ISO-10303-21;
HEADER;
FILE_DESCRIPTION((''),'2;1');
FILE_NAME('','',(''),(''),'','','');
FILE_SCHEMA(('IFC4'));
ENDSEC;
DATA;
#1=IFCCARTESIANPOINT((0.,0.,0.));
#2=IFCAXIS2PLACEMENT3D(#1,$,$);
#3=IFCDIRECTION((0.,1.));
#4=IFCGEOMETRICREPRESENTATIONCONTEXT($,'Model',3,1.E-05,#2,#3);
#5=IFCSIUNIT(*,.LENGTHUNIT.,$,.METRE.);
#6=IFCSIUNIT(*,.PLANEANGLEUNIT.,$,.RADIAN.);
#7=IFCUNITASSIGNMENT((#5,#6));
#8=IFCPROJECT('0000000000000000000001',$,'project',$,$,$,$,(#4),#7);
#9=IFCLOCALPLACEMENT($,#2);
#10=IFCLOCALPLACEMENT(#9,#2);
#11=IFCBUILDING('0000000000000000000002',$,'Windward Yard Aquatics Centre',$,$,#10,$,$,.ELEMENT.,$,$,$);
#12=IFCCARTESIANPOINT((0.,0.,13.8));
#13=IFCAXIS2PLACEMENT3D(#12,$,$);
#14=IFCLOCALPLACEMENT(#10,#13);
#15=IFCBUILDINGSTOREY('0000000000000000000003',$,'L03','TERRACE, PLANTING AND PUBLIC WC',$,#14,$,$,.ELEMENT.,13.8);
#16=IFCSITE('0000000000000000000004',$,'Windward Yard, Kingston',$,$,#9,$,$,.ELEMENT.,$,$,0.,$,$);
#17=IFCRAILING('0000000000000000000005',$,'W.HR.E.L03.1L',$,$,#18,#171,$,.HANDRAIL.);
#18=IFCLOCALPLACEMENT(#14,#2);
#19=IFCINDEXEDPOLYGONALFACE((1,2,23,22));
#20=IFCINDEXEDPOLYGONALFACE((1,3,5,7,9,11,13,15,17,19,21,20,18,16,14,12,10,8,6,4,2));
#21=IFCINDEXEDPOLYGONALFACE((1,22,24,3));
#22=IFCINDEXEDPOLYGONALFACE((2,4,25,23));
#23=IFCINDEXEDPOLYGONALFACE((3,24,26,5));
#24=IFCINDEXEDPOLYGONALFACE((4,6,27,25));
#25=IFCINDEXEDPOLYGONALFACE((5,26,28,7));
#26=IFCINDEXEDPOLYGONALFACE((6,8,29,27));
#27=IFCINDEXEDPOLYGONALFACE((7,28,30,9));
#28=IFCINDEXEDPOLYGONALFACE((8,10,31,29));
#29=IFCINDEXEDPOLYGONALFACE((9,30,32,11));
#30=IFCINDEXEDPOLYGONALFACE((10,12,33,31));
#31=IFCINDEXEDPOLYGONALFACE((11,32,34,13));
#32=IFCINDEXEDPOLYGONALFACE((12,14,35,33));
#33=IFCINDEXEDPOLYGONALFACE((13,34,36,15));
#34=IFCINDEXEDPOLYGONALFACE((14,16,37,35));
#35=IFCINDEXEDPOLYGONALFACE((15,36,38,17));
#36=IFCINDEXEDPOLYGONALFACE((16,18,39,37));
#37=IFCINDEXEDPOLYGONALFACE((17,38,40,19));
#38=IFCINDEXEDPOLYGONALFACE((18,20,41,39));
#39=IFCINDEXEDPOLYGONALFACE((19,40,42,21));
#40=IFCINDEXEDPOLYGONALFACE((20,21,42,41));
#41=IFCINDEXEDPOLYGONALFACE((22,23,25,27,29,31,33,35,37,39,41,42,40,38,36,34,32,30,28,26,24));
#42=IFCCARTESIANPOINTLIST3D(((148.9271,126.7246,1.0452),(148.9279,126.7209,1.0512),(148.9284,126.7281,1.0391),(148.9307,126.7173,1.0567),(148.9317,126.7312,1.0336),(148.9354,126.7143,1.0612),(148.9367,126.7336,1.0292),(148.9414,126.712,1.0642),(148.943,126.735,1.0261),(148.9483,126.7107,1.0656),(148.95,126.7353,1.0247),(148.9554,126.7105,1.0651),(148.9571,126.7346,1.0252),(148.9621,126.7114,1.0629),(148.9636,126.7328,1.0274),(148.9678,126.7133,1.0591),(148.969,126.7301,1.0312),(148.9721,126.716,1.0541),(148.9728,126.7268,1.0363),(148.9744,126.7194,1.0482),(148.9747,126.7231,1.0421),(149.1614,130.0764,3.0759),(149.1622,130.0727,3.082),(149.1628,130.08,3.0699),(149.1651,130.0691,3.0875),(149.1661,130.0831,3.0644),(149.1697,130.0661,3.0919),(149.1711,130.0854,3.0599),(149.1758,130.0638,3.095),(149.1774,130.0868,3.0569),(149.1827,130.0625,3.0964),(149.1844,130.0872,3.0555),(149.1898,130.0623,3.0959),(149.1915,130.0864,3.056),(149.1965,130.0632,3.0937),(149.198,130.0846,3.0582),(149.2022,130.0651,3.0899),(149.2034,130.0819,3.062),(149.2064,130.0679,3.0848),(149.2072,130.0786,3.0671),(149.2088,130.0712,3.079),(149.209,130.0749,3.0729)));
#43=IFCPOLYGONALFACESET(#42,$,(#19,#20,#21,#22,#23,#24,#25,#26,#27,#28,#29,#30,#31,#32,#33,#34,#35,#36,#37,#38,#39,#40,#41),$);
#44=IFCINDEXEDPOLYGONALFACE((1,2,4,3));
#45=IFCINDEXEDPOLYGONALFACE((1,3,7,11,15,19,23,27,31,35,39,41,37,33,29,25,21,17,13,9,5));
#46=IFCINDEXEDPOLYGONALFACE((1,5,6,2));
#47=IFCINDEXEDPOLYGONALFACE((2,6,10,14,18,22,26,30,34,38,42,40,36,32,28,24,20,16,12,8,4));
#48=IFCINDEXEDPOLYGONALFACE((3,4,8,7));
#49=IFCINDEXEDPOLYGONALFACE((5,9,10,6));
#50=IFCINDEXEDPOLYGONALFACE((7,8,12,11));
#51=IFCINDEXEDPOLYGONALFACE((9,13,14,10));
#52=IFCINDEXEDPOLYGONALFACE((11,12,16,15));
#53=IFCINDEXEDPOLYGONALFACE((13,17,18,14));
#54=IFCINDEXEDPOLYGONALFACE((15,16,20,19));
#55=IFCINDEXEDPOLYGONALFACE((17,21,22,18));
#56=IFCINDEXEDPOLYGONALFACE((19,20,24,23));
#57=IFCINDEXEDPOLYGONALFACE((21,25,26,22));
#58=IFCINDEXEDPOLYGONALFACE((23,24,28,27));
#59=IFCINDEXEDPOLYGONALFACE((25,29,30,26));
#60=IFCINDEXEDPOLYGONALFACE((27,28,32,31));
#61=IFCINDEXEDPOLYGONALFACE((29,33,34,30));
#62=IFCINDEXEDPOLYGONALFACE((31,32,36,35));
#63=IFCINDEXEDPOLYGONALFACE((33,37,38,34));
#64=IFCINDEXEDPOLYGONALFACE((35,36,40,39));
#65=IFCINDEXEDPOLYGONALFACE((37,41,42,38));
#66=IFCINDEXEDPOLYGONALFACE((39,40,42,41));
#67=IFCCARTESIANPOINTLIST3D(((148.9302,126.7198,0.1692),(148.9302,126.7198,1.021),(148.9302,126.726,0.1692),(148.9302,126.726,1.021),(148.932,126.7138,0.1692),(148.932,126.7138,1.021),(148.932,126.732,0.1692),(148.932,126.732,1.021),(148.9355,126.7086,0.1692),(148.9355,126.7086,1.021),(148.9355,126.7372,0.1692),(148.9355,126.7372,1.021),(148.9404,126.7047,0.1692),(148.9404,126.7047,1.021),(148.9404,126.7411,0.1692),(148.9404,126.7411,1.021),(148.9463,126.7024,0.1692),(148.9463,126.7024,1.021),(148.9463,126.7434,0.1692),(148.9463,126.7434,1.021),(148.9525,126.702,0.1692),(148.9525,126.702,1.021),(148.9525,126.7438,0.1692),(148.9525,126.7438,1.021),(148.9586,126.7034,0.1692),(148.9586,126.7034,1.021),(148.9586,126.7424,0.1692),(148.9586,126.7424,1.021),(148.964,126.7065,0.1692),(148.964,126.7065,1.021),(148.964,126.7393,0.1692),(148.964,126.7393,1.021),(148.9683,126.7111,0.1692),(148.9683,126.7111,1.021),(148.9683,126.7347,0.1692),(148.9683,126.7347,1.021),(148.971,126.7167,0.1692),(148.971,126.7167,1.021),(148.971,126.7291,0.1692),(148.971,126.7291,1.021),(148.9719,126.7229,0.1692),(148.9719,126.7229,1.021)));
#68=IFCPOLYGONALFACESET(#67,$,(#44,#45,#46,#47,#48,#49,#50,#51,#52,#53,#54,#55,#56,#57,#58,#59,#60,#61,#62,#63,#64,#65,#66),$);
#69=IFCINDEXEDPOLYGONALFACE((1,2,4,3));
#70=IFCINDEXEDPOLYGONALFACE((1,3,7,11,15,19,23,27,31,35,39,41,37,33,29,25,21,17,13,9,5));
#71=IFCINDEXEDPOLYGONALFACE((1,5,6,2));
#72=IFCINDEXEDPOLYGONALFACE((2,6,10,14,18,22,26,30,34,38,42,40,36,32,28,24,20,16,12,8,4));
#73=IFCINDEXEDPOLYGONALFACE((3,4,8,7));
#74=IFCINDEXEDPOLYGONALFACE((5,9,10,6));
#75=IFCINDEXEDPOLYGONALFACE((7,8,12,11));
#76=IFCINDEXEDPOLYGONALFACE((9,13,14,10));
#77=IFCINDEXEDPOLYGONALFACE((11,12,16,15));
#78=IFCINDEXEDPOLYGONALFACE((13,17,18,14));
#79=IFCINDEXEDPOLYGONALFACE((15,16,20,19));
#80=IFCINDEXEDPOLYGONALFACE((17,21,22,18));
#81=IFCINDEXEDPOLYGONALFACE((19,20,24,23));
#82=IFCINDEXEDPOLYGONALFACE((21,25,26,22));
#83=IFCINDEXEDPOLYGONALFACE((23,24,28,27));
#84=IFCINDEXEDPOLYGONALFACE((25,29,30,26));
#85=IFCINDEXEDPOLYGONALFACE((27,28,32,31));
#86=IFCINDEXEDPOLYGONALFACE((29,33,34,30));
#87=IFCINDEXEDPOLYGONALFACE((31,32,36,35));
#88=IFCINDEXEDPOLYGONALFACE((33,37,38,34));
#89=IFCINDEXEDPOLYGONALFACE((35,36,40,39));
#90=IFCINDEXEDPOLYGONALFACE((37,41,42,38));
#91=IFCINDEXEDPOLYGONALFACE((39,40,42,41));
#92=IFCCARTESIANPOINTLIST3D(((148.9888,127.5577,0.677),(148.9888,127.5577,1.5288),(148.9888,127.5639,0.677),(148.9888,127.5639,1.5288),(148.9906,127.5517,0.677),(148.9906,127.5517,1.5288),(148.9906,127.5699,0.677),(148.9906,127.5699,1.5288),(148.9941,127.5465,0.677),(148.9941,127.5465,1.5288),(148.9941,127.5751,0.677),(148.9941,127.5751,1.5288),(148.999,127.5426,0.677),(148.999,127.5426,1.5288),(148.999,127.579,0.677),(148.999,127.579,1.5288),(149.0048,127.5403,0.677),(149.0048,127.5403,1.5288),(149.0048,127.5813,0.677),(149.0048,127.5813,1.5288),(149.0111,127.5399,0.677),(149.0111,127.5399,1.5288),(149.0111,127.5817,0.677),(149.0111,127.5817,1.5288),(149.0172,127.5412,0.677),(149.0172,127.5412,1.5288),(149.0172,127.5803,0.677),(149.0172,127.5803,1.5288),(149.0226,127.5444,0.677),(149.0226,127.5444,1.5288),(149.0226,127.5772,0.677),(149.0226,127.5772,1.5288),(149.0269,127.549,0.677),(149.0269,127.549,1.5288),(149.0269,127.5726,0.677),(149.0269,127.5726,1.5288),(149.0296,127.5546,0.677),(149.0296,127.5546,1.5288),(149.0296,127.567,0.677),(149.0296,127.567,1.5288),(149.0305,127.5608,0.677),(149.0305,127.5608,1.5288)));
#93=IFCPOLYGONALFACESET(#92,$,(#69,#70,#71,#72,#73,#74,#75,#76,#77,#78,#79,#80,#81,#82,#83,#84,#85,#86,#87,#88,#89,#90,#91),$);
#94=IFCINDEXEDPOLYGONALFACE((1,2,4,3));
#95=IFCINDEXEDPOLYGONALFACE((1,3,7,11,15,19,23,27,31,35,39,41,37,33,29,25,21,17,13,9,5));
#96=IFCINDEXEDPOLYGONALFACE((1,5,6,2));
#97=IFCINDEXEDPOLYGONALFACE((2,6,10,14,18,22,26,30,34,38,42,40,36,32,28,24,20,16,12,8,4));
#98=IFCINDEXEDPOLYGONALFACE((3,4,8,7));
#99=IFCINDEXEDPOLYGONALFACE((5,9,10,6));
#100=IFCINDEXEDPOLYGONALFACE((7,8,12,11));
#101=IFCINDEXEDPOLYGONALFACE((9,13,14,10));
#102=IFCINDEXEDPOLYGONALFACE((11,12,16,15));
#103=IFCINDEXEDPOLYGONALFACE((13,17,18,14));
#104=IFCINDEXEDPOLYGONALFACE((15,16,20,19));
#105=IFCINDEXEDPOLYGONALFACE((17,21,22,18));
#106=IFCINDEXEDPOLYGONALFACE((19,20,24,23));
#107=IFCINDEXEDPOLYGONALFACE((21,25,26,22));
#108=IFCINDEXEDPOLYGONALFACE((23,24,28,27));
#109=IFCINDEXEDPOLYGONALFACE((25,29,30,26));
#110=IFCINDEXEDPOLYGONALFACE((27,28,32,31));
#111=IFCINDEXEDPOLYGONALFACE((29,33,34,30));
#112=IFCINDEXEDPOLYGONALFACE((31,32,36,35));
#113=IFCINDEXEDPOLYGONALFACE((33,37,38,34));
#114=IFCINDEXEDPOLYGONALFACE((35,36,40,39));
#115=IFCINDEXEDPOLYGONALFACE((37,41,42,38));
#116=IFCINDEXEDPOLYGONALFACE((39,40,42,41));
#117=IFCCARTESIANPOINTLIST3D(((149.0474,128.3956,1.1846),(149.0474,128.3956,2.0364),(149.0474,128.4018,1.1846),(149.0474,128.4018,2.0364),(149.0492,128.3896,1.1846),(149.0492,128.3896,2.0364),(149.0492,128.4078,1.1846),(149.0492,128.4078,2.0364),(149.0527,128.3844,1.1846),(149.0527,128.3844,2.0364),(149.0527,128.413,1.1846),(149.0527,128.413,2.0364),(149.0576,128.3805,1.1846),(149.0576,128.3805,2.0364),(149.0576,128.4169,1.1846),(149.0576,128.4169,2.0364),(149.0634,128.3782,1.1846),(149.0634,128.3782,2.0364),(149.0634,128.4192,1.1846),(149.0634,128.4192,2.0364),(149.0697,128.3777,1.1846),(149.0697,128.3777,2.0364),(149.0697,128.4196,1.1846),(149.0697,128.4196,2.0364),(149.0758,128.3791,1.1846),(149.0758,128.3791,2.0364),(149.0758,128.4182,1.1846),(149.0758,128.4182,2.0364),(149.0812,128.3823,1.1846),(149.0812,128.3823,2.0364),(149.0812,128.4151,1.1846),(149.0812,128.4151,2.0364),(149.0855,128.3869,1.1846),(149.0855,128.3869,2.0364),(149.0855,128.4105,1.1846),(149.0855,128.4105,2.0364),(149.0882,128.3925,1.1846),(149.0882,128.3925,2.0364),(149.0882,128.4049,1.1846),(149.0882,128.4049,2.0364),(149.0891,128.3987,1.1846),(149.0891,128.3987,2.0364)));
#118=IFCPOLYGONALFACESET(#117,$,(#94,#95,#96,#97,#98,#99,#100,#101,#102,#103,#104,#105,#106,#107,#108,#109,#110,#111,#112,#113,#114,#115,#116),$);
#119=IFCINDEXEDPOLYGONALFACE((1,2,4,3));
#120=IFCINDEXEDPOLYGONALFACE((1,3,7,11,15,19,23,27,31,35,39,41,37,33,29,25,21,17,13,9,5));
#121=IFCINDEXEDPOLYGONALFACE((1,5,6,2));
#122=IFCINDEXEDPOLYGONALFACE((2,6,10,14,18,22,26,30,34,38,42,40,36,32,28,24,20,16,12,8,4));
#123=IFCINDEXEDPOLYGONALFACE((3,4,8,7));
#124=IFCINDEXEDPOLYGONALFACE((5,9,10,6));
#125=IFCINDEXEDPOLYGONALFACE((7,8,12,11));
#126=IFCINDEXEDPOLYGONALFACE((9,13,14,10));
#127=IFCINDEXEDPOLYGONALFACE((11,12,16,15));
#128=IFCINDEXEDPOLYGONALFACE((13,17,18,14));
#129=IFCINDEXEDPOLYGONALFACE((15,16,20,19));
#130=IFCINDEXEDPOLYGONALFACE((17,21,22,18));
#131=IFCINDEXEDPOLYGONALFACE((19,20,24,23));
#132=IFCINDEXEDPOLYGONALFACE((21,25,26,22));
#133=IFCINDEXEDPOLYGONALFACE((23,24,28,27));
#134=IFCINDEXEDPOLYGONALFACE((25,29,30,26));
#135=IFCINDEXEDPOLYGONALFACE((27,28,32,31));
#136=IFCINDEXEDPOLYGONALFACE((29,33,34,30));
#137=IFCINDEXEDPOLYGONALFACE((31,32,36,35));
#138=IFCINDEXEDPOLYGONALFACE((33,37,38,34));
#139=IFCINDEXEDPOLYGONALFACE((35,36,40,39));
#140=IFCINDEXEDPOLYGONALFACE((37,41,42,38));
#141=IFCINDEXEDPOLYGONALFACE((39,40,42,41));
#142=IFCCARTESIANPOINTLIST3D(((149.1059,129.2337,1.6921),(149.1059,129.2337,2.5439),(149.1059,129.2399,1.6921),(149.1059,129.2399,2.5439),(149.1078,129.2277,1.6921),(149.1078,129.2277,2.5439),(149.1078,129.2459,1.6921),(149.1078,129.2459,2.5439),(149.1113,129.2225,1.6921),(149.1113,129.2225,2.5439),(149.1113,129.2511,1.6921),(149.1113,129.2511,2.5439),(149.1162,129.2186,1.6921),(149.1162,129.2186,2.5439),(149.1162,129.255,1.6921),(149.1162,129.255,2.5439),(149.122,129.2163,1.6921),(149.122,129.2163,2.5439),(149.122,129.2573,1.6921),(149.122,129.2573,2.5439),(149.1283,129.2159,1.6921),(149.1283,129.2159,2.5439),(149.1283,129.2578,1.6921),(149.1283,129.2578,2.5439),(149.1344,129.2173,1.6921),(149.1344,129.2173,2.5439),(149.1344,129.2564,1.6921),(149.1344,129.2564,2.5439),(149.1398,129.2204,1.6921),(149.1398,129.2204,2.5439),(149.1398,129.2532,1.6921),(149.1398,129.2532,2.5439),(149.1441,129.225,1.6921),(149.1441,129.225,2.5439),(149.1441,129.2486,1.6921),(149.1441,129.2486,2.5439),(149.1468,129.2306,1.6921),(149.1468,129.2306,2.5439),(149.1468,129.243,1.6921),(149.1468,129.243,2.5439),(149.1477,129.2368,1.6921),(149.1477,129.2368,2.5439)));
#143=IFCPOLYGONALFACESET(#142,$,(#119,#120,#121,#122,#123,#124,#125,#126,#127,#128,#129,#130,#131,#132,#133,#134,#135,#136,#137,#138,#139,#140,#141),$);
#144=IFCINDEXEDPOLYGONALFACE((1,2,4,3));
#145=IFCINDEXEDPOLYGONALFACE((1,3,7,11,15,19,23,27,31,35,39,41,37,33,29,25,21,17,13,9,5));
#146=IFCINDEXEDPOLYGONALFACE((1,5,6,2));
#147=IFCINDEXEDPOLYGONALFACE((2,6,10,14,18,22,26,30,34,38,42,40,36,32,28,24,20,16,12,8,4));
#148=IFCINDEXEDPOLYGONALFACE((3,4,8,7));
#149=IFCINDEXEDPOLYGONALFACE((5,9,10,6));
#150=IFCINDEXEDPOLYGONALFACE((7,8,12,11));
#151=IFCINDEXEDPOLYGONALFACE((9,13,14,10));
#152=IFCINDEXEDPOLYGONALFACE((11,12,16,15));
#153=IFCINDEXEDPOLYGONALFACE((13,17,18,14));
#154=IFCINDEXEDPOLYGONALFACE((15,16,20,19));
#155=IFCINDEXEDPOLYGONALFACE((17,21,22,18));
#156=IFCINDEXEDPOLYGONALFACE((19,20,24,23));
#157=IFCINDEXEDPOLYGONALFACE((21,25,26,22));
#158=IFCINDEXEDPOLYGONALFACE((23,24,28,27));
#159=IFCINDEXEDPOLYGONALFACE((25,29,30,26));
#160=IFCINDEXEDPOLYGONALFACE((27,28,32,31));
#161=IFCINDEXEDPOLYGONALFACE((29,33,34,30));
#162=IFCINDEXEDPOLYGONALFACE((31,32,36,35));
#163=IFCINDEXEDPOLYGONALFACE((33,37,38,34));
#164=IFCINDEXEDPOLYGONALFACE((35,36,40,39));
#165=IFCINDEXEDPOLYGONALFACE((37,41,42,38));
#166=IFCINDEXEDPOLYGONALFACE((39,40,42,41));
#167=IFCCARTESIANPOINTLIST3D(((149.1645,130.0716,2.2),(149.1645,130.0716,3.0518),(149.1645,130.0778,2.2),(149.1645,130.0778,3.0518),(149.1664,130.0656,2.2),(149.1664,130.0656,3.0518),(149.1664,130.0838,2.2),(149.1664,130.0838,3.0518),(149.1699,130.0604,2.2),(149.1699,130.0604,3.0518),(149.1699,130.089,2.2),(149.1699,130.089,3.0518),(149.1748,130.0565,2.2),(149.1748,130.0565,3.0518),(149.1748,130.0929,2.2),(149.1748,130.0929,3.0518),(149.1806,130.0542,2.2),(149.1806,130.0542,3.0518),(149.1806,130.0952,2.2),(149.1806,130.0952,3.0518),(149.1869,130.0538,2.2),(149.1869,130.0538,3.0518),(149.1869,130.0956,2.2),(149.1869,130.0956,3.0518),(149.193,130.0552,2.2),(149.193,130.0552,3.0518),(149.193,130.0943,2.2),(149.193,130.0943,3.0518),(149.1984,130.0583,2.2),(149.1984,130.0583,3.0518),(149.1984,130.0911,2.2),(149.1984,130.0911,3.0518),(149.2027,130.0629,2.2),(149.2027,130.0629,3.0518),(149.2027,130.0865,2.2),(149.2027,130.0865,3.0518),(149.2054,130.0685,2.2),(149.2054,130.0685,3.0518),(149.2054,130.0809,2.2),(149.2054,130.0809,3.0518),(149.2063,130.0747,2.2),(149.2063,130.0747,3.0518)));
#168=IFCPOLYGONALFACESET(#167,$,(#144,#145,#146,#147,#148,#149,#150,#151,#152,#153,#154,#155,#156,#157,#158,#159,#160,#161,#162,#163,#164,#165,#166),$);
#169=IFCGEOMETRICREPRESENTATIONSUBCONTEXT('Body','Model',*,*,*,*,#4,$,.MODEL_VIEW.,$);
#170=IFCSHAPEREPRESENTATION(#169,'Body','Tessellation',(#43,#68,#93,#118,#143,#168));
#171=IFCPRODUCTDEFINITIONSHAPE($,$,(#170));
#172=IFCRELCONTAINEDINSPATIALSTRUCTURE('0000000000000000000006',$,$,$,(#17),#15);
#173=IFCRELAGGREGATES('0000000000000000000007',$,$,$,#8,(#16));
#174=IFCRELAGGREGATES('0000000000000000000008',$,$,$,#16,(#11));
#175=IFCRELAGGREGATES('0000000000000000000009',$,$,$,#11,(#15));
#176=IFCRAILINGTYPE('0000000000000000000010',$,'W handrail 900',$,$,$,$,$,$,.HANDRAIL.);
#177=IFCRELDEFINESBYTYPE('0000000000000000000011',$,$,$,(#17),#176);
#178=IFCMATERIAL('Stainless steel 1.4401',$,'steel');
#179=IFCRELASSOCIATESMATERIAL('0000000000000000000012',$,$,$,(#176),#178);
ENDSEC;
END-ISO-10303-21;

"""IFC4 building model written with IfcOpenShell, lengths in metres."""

from ifc_helpers import new_model, si_unit, direction, frame, origin, origin_2d, place, context, subcontext, project, spatial, circle, extrude, material, type_object, element, save


model = new_model("IFC4")

# Units and contexts
model_context = context("Model", 3, precision=1e-05, world=origin(), true_north=direction((0.0, 1.0)))
body_context = subcontext(model_context, "Body", "Model", "MODEL_VIEW")
ifc_project = project(units=[si_unit("LENGTHUNIT", "METRE"), si_unit("PLANEANGLEUNIT", "RADIAN")], contexts=[model_context])

# Site, building, storey
site_placement = place(None, origin())
site = spatial("IfcSite", under=ifc_project, at=site_placement, Name="Windward Yard, Kingston", CompositionType="ELEMENT", RefElevation=0.0)
building_placement = place(site_placement, origin())
building = spatial("IfcBuilding", under=site, at=building_placement, Name="Windward Yard Aquatics Centre", CompositionType="ELEMENT")
storey_placement = place(building_placement, frame((0.0, 0.0, 13.8)))
storey = spatial("IfcBuildingStorey", under=building, at=storey_placement, Name="L03", Description="TERRACE, PLANTING AND PUBLIC WC", CompositionType="ELEMENT", Elevation=13.8)

# Railing
ifc_material_1 = material(Name="Stainless steel 1.4401", Category="steel")
railing_type_1 = type_object("IfcRailingType", Name="W handrail 900", PredefinedType="HANDRAIL", material=ifc_material_1)
for number, where, name in (
    (1, (148.9509, 126.7229, 0.1692), "W.HR.E.L03.1L"),
):
    element("IfcRailing", number, at=place(storey_placement, frame(where)), inside=storey, type_object=railing_type_1, Name=name, PredefinedType="HANDRAIL", context=body_context, shape_type="SweptSolid", body=[
        extrude(circle(Radius=0.0239, at=origin_2d()), frame((0.0, 0.0, 0.876), z_axis=(0.059698, 0.853744, 0.517259), x_axis=(-0.997564, 0.069755, 0.0)), (0.0, 0.0, 1.0), 3.926),
        extrude(circle(Radius=0.021, at=origin_2d()), origin(), (0.0, 0.0, 1.0), 0.8518),
        extrude(circle(Radius=0.021, at=origin_2d()), frame((0.0586, 0.8379, 0.5078)), (0.0, 0.0, 1.0), 0.8518),
        extrude(circle(Radius=0.021, at=origin_2d()), frame((0.1172, 1.6758, 1.0154)), (0.0, 0.0, 1.0), 0.8518),
        extrude(circle(Radius=0.021, at=origin_2d()), frame((0.1758, 2.5139, 1.5229)), (0.0, 0.0, 1.0), 0.8518),
        extrude(circle(Radius=0.021, at=origin_2d()), frame((0.2344, 3.3518, 2.0308)), (0.0, 0.0, 1.0), 0.8518),
    ])

save(model, "model.ifc")
